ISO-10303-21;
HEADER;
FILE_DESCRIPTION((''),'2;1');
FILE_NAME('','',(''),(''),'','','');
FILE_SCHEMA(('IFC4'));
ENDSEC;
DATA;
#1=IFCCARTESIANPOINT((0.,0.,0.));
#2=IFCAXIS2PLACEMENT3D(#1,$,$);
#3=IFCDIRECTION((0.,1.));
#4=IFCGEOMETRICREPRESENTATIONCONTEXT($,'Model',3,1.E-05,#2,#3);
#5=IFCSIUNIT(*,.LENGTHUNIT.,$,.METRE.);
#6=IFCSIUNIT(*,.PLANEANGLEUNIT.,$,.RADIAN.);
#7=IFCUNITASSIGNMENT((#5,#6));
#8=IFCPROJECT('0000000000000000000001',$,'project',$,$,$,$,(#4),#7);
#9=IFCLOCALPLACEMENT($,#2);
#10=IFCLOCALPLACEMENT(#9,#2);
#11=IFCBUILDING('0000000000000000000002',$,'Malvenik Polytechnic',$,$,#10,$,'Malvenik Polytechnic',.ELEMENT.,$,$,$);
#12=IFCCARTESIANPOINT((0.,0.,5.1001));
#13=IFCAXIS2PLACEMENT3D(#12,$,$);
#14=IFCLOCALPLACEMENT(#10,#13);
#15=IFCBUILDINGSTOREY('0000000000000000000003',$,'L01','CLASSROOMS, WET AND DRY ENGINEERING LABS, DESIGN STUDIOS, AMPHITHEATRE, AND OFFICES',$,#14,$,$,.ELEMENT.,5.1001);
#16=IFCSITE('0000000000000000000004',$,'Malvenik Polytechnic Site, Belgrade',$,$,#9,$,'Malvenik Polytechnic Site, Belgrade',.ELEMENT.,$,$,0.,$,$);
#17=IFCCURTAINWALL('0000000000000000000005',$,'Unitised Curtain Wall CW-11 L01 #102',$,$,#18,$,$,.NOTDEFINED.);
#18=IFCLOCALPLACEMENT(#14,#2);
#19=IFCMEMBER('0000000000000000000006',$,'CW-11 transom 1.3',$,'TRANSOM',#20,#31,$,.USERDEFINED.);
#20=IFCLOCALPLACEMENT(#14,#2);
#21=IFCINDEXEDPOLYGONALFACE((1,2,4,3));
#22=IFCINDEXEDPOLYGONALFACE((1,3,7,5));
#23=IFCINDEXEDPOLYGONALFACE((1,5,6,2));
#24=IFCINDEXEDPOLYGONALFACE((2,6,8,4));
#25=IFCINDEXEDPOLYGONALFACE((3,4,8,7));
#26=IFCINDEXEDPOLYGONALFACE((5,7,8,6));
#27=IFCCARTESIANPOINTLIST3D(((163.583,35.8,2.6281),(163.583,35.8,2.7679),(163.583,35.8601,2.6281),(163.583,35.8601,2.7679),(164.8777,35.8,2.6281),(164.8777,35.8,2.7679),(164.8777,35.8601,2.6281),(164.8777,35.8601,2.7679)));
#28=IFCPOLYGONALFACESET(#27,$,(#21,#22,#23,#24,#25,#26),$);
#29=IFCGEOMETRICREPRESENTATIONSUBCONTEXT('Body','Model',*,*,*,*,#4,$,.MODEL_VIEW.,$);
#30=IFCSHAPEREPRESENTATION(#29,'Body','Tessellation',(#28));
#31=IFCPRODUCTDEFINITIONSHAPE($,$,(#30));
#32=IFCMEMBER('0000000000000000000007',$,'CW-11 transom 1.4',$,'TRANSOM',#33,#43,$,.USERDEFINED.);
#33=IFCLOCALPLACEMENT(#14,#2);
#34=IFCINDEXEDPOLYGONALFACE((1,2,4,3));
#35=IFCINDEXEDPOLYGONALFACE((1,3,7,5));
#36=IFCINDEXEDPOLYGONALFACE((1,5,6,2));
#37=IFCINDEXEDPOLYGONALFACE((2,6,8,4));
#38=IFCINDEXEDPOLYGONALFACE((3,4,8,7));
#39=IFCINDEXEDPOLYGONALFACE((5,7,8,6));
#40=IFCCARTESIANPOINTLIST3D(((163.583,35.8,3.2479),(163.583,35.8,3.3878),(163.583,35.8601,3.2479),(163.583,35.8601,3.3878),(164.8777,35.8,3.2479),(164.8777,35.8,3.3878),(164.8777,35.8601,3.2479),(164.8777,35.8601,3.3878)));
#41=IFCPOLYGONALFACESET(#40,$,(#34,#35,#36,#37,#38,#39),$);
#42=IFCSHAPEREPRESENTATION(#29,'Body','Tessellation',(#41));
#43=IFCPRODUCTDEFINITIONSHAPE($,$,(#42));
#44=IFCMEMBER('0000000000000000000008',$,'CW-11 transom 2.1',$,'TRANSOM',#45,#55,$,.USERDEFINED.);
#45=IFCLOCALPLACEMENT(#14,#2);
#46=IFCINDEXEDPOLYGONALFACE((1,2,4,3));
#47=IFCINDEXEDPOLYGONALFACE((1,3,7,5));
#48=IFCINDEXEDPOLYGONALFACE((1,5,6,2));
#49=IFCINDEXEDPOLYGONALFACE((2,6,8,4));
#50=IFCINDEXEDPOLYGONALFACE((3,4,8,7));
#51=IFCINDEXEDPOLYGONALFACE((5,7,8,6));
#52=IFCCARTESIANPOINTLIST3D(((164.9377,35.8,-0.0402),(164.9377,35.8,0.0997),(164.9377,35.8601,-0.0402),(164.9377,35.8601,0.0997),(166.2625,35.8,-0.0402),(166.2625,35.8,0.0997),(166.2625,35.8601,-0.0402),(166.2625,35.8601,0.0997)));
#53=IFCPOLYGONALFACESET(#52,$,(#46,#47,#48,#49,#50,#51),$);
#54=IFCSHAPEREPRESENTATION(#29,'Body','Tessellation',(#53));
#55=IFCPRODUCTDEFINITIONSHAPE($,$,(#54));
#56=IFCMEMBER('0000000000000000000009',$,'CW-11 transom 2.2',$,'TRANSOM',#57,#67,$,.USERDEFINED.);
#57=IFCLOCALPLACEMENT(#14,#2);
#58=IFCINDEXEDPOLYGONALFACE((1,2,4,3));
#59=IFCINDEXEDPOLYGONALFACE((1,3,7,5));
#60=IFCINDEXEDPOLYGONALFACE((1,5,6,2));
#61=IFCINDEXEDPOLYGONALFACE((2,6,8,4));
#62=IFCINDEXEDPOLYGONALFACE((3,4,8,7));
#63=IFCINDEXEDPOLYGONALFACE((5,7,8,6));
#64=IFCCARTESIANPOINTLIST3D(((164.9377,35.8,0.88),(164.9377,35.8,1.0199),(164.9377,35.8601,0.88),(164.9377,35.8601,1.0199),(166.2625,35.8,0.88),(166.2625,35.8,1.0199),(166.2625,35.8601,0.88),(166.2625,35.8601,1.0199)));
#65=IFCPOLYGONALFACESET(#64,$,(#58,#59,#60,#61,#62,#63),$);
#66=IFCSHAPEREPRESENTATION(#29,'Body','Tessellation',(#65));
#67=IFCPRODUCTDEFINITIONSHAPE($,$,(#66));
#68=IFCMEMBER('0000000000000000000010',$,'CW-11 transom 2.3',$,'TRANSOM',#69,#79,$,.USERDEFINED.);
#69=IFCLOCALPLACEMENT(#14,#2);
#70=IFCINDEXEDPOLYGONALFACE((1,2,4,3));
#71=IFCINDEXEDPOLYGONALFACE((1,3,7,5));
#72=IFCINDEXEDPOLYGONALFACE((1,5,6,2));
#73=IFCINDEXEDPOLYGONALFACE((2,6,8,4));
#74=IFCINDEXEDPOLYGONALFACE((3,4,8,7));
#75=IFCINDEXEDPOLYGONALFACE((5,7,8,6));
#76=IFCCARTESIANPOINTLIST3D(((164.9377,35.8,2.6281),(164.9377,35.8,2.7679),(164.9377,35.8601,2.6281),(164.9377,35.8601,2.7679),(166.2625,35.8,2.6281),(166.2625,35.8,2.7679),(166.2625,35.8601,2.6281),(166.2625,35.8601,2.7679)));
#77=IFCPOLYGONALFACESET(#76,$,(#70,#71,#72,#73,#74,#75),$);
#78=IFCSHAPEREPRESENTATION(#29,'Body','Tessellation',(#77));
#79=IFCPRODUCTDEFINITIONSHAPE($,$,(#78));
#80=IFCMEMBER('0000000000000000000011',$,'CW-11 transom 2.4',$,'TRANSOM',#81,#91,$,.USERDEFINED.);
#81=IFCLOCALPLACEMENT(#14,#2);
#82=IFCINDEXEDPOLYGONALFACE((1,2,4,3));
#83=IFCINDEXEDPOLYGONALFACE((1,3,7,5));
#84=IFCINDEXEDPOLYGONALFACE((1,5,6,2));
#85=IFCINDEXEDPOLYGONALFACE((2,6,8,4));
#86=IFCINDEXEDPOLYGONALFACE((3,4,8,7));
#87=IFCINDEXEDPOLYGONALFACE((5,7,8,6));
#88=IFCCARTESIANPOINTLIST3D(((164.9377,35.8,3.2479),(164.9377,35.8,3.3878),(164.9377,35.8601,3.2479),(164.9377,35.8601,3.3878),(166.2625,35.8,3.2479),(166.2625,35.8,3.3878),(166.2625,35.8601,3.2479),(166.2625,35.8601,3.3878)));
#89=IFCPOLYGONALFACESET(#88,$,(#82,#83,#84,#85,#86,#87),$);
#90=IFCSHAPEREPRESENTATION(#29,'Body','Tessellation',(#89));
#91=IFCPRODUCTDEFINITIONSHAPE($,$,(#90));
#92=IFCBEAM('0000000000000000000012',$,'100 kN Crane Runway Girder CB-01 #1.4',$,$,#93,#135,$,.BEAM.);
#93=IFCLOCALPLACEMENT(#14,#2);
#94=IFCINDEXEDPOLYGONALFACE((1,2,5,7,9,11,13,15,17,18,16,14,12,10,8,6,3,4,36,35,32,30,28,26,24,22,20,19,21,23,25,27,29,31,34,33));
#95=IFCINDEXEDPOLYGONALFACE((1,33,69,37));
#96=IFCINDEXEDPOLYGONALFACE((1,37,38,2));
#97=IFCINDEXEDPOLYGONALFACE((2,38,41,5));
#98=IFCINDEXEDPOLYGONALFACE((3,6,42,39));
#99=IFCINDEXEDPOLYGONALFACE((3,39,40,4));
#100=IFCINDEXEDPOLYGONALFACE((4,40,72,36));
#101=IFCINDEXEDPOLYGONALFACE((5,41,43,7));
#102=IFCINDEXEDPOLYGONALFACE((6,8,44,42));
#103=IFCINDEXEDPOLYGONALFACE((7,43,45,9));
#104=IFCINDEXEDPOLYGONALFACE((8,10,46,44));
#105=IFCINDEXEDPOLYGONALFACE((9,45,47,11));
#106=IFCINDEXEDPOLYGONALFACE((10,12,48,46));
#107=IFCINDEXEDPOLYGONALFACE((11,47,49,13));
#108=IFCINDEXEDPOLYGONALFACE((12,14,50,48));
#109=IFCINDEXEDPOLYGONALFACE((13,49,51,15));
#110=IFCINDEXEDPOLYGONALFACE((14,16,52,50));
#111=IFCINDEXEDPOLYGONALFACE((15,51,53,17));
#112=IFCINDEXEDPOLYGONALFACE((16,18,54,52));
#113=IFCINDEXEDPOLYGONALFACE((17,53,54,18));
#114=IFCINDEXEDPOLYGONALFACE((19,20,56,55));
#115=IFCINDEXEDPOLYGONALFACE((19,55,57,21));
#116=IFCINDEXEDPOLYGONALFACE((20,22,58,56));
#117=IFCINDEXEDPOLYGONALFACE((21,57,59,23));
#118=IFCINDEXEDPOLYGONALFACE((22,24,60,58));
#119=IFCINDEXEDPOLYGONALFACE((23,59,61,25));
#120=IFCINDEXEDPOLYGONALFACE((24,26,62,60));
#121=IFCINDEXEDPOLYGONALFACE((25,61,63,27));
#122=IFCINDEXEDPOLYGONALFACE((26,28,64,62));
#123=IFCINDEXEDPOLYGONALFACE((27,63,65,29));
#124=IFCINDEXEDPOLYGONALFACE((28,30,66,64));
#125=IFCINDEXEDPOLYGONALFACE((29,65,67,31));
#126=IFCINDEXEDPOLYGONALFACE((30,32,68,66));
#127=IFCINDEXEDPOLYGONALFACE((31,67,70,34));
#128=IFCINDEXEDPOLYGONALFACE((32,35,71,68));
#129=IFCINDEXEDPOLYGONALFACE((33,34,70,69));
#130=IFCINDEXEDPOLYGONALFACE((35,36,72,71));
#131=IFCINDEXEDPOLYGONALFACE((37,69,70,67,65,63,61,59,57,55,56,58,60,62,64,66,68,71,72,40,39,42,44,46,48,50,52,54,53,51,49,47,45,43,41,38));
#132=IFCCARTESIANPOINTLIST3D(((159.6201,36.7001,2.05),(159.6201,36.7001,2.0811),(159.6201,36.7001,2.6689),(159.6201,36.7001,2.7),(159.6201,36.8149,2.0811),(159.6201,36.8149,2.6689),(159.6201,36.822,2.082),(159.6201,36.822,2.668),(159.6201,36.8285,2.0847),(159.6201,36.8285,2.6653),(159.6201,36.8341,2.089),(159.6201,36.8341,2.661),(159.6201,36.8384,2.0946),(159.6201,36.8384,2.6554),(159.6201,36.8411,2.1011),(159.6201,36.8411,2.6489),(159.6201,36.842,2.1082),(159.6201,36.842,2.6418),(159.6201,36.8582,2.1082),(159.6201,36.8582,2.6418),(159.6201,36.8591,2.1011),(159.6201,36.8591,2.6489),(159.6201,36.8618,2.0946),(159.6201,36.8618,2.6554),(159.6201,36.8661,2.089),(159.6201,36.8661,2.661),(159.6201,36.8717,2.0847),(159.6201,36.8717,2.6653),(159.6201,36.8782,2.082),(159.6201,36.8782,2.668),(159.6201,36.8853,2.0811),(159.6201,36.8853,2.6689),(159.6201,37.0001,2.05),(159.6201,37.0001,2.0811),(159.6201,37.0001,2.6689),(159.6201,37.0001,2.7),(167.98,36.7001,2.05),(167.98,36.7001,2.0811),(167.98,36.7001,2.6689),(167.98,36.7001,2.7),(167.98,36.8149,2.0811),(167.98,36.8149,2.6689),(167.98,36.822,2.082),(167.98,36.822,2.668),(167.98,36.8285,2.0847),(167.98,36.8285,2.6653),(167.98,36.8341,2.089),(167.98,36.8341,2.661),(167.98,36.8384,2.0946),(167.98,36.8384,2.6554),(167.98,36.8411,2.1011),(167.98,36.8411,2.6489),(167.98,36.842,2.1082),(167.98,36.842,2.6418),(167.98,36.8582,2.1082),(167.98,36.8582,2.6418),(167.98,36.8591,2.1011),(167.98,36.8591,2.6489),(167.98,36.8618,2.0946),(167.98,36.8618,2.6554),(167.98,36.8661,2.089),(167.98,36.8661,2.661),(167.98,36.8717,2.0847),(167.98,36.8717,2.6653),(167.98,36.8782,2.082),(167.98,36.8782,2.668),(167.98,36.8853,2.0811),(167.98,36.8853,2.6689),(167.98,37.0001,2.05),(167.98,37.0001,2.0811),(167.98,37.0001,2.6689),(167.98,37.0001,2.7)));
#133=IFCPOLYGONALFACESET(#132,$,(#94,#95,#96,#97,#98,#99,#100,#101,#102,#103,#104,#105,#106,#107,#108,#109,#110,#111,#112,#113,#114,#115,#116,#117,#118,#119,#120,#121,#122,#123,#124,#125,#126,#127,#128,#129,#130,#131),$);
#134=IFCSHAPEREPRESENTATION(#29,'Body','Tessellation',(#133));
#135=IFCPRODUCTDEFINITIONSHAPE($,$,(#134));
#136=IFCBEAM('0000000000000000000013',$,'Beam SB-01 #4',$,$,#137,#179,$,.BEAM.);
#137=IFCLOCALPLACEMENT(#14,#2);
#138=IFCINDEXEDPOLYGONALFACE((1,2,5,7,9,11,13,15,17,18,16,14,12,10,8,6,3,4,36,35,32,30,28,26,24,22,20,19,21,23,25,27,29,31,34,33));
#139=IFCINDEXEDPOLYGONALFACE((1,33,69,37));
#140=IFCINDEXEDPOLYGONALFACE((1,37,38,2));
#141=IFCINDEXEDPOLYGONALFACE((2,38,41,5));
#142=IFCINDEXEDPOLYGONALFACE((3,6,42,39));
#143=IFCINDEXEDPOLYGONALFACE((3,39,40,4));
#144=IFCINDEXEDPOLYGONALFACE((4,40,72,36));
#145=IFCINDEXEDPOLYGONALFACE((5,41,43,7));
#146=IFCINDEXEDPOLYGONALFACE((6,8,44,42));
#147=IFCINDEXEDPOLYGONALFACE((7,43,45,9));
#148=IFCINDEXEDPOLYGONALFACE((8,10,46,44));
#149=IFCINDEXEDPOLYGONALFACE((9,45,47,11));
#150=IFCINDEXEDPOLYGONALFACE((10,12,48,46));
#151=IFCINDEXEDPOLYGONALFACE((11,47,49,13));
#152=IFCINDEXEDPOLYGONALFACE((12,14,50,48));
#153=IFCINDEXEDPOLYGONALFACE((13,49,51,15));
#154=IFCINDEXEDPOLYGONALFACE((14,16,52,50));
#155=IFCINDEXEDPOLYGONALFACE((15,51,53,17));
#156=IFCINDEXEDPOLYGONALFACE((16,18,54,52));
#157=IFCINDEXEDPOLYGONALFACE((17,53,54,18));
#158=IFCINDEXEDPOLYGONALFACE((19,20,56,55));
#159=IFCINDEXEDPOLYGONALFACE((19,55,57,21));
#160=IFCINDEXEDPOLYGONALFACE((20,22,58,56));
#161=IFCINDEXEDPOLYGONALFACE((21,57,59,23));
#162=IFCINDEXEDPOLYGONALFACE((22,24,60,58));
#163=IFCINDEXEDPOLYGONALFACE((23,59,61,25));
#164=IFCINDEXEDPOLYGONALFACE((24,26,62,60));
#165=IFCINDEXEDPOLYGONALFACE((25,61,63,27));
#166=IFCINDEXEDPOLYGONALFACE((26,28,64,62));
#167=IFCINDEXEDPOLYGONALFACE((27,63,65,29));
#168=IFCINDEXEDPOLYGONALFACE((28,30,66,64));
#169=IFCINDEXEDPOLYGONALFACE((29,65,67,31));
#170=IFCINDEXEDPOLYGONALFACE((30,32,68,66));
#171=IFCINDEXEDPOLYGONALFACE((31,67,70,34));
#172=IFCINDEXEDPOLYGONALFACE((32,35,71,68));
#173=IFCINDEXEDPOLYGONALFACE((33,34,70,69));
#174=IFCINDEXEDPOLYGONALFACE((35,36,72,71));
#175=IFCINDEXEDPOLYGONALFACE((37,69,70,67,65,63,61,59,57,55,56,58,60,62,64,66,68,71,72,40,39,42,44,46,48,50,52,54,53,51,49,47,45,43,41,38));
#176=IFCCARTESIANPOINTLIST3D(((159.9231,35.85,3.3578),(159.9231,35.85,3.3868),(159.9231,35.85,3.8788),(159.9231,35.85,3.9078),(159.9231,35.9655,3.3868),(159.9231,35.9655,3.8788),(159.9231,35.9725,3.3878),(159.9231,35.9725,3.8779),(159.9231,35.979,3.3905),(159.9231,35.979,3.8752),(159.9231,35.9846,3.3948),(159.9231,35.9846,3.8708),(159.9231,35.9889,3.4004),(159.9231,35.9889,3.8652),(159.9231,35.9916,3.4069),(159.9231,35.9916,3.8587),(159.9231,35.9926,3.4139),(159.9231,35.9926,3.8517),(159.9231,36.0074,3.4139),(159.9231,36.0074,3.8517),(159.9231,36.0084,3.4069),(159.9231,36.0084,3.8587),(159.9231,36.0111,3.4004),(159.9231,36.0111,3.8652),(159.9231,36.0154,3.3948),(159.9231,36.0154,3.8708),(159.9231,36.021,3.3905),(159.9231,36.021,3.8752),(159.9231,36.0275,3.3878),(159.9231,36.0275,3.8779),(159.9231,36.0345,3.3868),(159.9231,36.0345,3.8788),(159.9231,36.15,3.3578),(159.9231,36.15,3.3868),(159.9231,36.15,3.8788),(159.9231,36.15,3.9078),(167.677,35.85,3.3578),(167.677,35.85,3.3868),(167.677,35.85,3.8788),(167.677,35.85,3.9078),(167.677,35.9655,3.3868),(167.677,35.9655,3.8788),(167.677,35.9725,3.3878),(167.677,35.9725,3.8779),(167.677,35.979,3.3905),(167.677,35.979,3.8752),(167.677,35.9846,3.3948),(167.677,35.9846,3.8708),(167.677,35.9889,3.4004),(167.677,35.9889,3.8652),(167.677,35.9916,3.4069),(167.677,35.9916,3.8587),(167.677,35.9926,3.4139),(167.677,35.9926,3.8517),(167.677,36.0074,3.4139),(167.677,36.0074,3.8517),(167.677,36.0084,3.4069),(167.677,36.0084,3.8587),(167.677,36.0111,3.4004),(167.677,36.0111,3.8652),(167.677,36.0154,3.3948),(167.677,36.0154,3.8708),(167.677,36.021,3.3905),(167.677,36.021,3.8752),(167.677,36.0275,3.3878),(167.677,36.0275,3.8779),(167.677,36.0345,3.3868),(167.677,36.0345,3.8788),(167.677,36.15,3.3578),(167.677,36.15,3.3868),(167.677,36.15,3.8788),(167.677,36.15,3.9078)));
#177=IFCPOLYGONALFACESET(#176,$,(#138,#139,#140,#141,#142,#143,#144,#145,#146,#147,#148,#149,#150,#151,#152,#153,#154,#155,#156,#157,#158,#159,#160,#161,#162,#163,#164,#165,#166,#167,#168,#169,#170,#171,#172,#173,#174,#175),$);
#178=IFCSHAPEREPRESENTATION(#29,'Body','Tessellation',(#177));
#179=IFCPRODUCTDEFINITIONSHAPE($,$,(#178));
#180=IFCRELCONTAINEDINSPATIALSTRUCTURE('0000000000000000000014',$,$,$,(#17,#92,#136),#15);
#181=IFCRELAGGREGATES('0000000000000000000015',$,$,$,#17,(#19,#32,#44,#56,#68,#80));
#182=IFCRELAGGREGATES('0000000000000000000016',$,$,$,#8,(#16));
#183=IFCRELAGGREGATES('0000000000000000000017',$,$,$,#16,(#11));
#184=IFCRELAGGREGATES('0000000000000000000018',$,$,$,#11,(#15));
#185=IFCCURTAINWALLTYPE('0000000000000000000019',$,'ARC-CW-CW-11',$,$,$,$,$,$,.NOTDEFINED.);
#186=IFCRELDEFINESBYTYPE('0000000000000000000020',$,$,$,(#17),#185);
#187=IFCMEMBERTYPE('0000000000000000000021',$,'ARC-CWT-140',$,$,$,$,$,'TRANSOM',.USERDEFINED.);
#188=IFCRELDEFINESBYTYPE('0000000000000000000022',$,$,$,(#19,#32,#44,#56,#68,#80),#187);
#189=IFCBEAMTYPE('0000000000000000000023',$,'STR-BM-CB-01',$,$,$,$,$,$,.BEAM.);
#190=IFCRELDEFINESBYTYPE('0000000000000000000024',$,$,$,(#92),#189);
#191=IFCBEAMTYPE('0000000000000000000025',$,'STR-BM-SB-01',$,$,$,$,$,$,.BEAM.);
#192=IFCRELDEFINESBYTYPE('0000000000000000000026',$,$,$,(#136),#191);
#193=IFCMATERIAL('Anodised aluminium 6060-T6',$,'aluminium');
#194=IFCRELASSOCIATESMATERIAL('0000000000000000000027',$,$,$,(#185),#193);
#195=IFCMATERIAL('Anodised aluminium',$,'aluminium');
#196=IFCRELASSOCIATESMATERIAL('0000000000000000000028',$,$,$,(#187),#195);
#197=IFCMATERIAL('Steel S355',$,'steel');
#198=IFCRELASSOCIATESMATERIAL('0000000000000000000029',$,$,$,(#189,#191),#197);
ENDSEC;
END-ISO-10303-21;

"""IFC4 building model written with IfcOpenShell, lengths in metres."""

from ifc_helpers import new_model, si_unit, direction, frame, origin, origin_2d, place, context, subcontext, project, spatial, rectangle, i_section, extrude, material, material_profile, profile_set, type_object, element, aggregate, save


model = new_model("IFC4")

# Units and contexts
model_context = context("Model", 3, precision=1e-05, world=origin(), true_north=direction((0.0, 1.0)))
body_context = subcontext(model_context, "Body", "Model", "MODEL_VIEW")
ifc_project = project(units=[si_unit("LENGTHUNIT", "METRE"), si_unit("PLANEANGLEUNIT", "RADIAN")], contexts=[model_context])

# Site, building, storey
site_placement = place(None, origin())
site = spatial("IfcSite", under=ifc_project, at=site_placement, Name="Malvenik Polytechnic Site, Belgrade", LongName="Malvenik Polytechnic Site, Belgrade", CompositionType="ELEMENT", RefElevation=0.0)
building_placement = place(site_placement, origin())
building = spatial("IfcBuilding", under=site, at=building_placement, Name="Malvenik Polytechnic", LongName="Malvenik Polytechnic", CompositionType="ELEMENT")
storey_placement = place(building_placement, frame((0.0, 0.0, 5.1001)))
storey = spatial("IfcBuildingStorey", under=building, at=storey_placement, Name="L01", Description="CLASSROOMS, WET AND DRY ENGINEERING LABS, DESIGN STUDIOS, AMPHITHEATRE, AND OFFICES", CompositionType="ELEMENT", Elevation=5.1001)

# Curtain wall
ifc_material_1 = material(Name="Anodised aluminium 6060-T6", Category="aluminium")
curtain_wall_type = type_object("IfcCurtainWallType", Name="ARC-CW-CW-11", PredefinedType="NOTDEFINED", material=ifc_material_1)
ifc_material_2 = material(Name="Anodised aluminium", Category="aluminium")
curtain_wall_1_placement = place(storey_placement, origin())
curtain_wall_1 = element("IfcCurtainWall", 1, at=curtain_wall_1_placement, inside=storey, type_object=curtain_wall_type, Name="Unitised Curtain Wall CW-11 L01 #102", PredefinedType="NOTDEFINED")

# Members
ifc_material_profile_1 = material_profile(ifc_material_2, rectangle(XDim=0.0601, YDim=0.1399, at=origin_2d()), Name="ALU TRANSOM 60x140")
ifc_profile_set_1 = profile_set([ifc_material_profile_1], Name="Anodised aluminium")
member_type_1 = type_object("IfcMemberType", Name="ARC-CWT-140", ElementType="TRANSOM", PredefinedType="USERDEFINED", material=ifc_profile_set_1)
member_1_placement = place(storey_placement, frame((163.583, 35.8301, 2.698), z_axis=(1.0, 0.0, 0.0), x_axis=(0.0, 1.0, 0.0)))
member_1 = element("IfcMember", 2, at=member_1_placement, type_object=member_type_1, Name="CW-11 transom 1.3", ObjectType="TRANSOM", PredefinedType="USERDEFINED", context=body_context, shape_type="SweptSolid", body=[
    extrude(rectangle(XDim=0.0601, YDim=0.1399, at=origin_2d()), origin(), (0.0, 0.0, 1.0), 1.2947),
])
member_2_placement = place(storey_placement, frame((163.583, 35.8301, 3.3179), z_axis=(1.0, 0.0, 0.0), x_axis=(0.0, 1.0, 0.0)))
member_2 = element("IfcMember", 3, at=member_2_placement, type_object=member_type_1, Name="CW-11 transom 1.4", ObjectType="TRANSOM", PredefinedType="USERDEFINED", context=body_context, shape_type="SweptSolid", body=[
    extrude(rectangle(XDim=0.0601, YDim=0.1399, at=origin_2d()), origin(), (0.0, 0.0, 1.0), 1.2947),
])
member_3_placement = place(storey_placement, frame((164.9377, 35.8301, 0.0298), z_axis=(1.0, 0.0, 0.0), x_axis=(0.0, 1.0, 0.0)))
member_3 = element("IfcMember", 4, at=member_3_placement, type_object=member_type_1, Name="CW-11 transom 2.1", ObjectType="TRANSOM", PredefinedType="USERDEFINED", context=body_context, shape_type="SweptSolid", body=[
    extrude(rectangle(XDim=0.0601, YDim=0.1399, at=origin_2d()), origin(), (0.0, 0.0, 1.0), 1.3247),
])
member_4_placement = place(storey_placement, frame((164.9377, 35.8301, 0.95), z_axis=(1.0, 0.0, 0.0), x_axis=(0.0, 1.0, 0.0)))
member_4 = element("IfcMember", 5, at=member_4_placement, type_object=member_type_1, Name="CW-11 transom 2.2", ObjectType="TRANSOM", PredefinedType="USERDEFINED", context=body_context, shape_type="SweptSolid", body=[
    extrude(rectangle(XDim=0.0601, YDim=0.1399, at=origin_2d()), origin(), (0.0, 0.0, 1.0), 1.3247),
])
member_5_placement = place(storey_placement, frame((164.9377, 35.8301, 2.698), z_axis=(1.0, 0.0, 0.0), x_axis=(0.0, 1.0, 0.0)))
member_5 = element("IfcMember", 6, at=member_5_placement, type_object=member_type_1, Name="CW-11 transom 2.3", ObjectType="TRANSOM", PredefinedType="USERDEFINED", context=body_context, shape_type="SweptSolid", body=[
    extrude(rectangle(XDim=0.0601, YDim=0.1399, at=origin_2d()), origin(), (0.0, 0.0, 1.0), 1.3247),
])
member_6_placement = place(storey_placement, frame((164.9377, 35.8301, 3.3179), z_axis=(1.0, 0.0, 0.0), x_axis=(0.0, 1.0, 0.0)))
member_6 = element("IfcMember", 7, at=member_6_placement, type_object=member_type_1, Name="CW-11 transom 2.4", ObjectType="TRANSOM", PredefinedType="USERDEFINED", context=body_context, shape_type="SweptSolid", body=[
    extrude(rectangle(XDim=0.0601, YDim=0.1399, at=origin_2d()), origin(), (0.0, 0.0, 1.0), 1.3247),
])

# Beams
ifc_material_3 = material(Name="Steel S355", Category="steel")
ifc_material_profile_2 = material_profile(ifc_material_3, i_section(OverallWidth=0.3, OverallDepth=0.6499, WebThickness=0.0161, FlangeThickness=0.031, FilletRadius=0.0271, at=origin_2d()), Name="HEB 650")
ifc_profile_set_2 = profile_set([ifc_material_profile_2], Name="Steel S355")
beam_type_1 = type_object("IfcBeamType", Name="STR-BM-CB-01", PredefinedType="BEAM", material=ifc_profile_set_2)
beam_1_placement = place(storey_placement, frame((159.6201, 36.8501, 2.375), z_axis=(1.0, 0.0, 0.0), x_axis=(0.0, 1.0, 0.0)))
element("IfcBeam", 8, at=beam_1_placement, inside=storey, type_object=beam_type_1, Name="100 kN Crane Runway Girder CB-01 #1.4", PredefinedType="BEAM", context=body_context, shape_type="SweptSolid", body=[
    extrude(i_section(OverallWidth=0.3, OverallDepth=0.6499, WebThickness=0.0161, FlangeThickness=0.031, FilletRadius=0.0271, at=origin_2d()), origin(), (0.0, 0.0, 1.0), 8.3599),
])
ifc_material_profile_3 = material_profile(ifc_material_3, i_section(OverallWidth=0.3, OverallDepth=0.55, WebThickness=0.0149, FlangeThickness=0.0291, FilletRadius=0.0271, at=origin_2d()), Name="HEB 550")
ifc_profile_set_3 = profile_set([ifc_material_profile_3], Name="Steel S355")
beam_type_2 = type_object("IfcBeamType", Name="STR-BM-SB-01", PredefinedType="BEAM", material=ifc_profile_set_3)
beam_2_placement = place(storey_placement, frame((159.9231, 36.0, 3.6328), z_axis=(1.0, 0.0, 0.0), x_axis=(0.0, 1.0, 0.0)))
element("IfcBeam", 9, at=beam_2_placement, inside=storey, type_object=beam_type_2, Name="Beam SB-01 #4", PredefinedType="BEAM", context=body_context, shape_type="SweptSolid", body=[
    extrude(i_section(OverallWidth=0.3, OverallDepth=0.55, WebThickness=0.0149, FlangeThickness=0.0291, FilletRadius=0.0271, at=origin_2d()), origin(), (0.0, 0.0, 1.0), 7.7539),
])

aggregate(curtain_wall_1, [member_1, member_2, member_3, member_4, member_5, member_6])

save(model, "model.ifc")
